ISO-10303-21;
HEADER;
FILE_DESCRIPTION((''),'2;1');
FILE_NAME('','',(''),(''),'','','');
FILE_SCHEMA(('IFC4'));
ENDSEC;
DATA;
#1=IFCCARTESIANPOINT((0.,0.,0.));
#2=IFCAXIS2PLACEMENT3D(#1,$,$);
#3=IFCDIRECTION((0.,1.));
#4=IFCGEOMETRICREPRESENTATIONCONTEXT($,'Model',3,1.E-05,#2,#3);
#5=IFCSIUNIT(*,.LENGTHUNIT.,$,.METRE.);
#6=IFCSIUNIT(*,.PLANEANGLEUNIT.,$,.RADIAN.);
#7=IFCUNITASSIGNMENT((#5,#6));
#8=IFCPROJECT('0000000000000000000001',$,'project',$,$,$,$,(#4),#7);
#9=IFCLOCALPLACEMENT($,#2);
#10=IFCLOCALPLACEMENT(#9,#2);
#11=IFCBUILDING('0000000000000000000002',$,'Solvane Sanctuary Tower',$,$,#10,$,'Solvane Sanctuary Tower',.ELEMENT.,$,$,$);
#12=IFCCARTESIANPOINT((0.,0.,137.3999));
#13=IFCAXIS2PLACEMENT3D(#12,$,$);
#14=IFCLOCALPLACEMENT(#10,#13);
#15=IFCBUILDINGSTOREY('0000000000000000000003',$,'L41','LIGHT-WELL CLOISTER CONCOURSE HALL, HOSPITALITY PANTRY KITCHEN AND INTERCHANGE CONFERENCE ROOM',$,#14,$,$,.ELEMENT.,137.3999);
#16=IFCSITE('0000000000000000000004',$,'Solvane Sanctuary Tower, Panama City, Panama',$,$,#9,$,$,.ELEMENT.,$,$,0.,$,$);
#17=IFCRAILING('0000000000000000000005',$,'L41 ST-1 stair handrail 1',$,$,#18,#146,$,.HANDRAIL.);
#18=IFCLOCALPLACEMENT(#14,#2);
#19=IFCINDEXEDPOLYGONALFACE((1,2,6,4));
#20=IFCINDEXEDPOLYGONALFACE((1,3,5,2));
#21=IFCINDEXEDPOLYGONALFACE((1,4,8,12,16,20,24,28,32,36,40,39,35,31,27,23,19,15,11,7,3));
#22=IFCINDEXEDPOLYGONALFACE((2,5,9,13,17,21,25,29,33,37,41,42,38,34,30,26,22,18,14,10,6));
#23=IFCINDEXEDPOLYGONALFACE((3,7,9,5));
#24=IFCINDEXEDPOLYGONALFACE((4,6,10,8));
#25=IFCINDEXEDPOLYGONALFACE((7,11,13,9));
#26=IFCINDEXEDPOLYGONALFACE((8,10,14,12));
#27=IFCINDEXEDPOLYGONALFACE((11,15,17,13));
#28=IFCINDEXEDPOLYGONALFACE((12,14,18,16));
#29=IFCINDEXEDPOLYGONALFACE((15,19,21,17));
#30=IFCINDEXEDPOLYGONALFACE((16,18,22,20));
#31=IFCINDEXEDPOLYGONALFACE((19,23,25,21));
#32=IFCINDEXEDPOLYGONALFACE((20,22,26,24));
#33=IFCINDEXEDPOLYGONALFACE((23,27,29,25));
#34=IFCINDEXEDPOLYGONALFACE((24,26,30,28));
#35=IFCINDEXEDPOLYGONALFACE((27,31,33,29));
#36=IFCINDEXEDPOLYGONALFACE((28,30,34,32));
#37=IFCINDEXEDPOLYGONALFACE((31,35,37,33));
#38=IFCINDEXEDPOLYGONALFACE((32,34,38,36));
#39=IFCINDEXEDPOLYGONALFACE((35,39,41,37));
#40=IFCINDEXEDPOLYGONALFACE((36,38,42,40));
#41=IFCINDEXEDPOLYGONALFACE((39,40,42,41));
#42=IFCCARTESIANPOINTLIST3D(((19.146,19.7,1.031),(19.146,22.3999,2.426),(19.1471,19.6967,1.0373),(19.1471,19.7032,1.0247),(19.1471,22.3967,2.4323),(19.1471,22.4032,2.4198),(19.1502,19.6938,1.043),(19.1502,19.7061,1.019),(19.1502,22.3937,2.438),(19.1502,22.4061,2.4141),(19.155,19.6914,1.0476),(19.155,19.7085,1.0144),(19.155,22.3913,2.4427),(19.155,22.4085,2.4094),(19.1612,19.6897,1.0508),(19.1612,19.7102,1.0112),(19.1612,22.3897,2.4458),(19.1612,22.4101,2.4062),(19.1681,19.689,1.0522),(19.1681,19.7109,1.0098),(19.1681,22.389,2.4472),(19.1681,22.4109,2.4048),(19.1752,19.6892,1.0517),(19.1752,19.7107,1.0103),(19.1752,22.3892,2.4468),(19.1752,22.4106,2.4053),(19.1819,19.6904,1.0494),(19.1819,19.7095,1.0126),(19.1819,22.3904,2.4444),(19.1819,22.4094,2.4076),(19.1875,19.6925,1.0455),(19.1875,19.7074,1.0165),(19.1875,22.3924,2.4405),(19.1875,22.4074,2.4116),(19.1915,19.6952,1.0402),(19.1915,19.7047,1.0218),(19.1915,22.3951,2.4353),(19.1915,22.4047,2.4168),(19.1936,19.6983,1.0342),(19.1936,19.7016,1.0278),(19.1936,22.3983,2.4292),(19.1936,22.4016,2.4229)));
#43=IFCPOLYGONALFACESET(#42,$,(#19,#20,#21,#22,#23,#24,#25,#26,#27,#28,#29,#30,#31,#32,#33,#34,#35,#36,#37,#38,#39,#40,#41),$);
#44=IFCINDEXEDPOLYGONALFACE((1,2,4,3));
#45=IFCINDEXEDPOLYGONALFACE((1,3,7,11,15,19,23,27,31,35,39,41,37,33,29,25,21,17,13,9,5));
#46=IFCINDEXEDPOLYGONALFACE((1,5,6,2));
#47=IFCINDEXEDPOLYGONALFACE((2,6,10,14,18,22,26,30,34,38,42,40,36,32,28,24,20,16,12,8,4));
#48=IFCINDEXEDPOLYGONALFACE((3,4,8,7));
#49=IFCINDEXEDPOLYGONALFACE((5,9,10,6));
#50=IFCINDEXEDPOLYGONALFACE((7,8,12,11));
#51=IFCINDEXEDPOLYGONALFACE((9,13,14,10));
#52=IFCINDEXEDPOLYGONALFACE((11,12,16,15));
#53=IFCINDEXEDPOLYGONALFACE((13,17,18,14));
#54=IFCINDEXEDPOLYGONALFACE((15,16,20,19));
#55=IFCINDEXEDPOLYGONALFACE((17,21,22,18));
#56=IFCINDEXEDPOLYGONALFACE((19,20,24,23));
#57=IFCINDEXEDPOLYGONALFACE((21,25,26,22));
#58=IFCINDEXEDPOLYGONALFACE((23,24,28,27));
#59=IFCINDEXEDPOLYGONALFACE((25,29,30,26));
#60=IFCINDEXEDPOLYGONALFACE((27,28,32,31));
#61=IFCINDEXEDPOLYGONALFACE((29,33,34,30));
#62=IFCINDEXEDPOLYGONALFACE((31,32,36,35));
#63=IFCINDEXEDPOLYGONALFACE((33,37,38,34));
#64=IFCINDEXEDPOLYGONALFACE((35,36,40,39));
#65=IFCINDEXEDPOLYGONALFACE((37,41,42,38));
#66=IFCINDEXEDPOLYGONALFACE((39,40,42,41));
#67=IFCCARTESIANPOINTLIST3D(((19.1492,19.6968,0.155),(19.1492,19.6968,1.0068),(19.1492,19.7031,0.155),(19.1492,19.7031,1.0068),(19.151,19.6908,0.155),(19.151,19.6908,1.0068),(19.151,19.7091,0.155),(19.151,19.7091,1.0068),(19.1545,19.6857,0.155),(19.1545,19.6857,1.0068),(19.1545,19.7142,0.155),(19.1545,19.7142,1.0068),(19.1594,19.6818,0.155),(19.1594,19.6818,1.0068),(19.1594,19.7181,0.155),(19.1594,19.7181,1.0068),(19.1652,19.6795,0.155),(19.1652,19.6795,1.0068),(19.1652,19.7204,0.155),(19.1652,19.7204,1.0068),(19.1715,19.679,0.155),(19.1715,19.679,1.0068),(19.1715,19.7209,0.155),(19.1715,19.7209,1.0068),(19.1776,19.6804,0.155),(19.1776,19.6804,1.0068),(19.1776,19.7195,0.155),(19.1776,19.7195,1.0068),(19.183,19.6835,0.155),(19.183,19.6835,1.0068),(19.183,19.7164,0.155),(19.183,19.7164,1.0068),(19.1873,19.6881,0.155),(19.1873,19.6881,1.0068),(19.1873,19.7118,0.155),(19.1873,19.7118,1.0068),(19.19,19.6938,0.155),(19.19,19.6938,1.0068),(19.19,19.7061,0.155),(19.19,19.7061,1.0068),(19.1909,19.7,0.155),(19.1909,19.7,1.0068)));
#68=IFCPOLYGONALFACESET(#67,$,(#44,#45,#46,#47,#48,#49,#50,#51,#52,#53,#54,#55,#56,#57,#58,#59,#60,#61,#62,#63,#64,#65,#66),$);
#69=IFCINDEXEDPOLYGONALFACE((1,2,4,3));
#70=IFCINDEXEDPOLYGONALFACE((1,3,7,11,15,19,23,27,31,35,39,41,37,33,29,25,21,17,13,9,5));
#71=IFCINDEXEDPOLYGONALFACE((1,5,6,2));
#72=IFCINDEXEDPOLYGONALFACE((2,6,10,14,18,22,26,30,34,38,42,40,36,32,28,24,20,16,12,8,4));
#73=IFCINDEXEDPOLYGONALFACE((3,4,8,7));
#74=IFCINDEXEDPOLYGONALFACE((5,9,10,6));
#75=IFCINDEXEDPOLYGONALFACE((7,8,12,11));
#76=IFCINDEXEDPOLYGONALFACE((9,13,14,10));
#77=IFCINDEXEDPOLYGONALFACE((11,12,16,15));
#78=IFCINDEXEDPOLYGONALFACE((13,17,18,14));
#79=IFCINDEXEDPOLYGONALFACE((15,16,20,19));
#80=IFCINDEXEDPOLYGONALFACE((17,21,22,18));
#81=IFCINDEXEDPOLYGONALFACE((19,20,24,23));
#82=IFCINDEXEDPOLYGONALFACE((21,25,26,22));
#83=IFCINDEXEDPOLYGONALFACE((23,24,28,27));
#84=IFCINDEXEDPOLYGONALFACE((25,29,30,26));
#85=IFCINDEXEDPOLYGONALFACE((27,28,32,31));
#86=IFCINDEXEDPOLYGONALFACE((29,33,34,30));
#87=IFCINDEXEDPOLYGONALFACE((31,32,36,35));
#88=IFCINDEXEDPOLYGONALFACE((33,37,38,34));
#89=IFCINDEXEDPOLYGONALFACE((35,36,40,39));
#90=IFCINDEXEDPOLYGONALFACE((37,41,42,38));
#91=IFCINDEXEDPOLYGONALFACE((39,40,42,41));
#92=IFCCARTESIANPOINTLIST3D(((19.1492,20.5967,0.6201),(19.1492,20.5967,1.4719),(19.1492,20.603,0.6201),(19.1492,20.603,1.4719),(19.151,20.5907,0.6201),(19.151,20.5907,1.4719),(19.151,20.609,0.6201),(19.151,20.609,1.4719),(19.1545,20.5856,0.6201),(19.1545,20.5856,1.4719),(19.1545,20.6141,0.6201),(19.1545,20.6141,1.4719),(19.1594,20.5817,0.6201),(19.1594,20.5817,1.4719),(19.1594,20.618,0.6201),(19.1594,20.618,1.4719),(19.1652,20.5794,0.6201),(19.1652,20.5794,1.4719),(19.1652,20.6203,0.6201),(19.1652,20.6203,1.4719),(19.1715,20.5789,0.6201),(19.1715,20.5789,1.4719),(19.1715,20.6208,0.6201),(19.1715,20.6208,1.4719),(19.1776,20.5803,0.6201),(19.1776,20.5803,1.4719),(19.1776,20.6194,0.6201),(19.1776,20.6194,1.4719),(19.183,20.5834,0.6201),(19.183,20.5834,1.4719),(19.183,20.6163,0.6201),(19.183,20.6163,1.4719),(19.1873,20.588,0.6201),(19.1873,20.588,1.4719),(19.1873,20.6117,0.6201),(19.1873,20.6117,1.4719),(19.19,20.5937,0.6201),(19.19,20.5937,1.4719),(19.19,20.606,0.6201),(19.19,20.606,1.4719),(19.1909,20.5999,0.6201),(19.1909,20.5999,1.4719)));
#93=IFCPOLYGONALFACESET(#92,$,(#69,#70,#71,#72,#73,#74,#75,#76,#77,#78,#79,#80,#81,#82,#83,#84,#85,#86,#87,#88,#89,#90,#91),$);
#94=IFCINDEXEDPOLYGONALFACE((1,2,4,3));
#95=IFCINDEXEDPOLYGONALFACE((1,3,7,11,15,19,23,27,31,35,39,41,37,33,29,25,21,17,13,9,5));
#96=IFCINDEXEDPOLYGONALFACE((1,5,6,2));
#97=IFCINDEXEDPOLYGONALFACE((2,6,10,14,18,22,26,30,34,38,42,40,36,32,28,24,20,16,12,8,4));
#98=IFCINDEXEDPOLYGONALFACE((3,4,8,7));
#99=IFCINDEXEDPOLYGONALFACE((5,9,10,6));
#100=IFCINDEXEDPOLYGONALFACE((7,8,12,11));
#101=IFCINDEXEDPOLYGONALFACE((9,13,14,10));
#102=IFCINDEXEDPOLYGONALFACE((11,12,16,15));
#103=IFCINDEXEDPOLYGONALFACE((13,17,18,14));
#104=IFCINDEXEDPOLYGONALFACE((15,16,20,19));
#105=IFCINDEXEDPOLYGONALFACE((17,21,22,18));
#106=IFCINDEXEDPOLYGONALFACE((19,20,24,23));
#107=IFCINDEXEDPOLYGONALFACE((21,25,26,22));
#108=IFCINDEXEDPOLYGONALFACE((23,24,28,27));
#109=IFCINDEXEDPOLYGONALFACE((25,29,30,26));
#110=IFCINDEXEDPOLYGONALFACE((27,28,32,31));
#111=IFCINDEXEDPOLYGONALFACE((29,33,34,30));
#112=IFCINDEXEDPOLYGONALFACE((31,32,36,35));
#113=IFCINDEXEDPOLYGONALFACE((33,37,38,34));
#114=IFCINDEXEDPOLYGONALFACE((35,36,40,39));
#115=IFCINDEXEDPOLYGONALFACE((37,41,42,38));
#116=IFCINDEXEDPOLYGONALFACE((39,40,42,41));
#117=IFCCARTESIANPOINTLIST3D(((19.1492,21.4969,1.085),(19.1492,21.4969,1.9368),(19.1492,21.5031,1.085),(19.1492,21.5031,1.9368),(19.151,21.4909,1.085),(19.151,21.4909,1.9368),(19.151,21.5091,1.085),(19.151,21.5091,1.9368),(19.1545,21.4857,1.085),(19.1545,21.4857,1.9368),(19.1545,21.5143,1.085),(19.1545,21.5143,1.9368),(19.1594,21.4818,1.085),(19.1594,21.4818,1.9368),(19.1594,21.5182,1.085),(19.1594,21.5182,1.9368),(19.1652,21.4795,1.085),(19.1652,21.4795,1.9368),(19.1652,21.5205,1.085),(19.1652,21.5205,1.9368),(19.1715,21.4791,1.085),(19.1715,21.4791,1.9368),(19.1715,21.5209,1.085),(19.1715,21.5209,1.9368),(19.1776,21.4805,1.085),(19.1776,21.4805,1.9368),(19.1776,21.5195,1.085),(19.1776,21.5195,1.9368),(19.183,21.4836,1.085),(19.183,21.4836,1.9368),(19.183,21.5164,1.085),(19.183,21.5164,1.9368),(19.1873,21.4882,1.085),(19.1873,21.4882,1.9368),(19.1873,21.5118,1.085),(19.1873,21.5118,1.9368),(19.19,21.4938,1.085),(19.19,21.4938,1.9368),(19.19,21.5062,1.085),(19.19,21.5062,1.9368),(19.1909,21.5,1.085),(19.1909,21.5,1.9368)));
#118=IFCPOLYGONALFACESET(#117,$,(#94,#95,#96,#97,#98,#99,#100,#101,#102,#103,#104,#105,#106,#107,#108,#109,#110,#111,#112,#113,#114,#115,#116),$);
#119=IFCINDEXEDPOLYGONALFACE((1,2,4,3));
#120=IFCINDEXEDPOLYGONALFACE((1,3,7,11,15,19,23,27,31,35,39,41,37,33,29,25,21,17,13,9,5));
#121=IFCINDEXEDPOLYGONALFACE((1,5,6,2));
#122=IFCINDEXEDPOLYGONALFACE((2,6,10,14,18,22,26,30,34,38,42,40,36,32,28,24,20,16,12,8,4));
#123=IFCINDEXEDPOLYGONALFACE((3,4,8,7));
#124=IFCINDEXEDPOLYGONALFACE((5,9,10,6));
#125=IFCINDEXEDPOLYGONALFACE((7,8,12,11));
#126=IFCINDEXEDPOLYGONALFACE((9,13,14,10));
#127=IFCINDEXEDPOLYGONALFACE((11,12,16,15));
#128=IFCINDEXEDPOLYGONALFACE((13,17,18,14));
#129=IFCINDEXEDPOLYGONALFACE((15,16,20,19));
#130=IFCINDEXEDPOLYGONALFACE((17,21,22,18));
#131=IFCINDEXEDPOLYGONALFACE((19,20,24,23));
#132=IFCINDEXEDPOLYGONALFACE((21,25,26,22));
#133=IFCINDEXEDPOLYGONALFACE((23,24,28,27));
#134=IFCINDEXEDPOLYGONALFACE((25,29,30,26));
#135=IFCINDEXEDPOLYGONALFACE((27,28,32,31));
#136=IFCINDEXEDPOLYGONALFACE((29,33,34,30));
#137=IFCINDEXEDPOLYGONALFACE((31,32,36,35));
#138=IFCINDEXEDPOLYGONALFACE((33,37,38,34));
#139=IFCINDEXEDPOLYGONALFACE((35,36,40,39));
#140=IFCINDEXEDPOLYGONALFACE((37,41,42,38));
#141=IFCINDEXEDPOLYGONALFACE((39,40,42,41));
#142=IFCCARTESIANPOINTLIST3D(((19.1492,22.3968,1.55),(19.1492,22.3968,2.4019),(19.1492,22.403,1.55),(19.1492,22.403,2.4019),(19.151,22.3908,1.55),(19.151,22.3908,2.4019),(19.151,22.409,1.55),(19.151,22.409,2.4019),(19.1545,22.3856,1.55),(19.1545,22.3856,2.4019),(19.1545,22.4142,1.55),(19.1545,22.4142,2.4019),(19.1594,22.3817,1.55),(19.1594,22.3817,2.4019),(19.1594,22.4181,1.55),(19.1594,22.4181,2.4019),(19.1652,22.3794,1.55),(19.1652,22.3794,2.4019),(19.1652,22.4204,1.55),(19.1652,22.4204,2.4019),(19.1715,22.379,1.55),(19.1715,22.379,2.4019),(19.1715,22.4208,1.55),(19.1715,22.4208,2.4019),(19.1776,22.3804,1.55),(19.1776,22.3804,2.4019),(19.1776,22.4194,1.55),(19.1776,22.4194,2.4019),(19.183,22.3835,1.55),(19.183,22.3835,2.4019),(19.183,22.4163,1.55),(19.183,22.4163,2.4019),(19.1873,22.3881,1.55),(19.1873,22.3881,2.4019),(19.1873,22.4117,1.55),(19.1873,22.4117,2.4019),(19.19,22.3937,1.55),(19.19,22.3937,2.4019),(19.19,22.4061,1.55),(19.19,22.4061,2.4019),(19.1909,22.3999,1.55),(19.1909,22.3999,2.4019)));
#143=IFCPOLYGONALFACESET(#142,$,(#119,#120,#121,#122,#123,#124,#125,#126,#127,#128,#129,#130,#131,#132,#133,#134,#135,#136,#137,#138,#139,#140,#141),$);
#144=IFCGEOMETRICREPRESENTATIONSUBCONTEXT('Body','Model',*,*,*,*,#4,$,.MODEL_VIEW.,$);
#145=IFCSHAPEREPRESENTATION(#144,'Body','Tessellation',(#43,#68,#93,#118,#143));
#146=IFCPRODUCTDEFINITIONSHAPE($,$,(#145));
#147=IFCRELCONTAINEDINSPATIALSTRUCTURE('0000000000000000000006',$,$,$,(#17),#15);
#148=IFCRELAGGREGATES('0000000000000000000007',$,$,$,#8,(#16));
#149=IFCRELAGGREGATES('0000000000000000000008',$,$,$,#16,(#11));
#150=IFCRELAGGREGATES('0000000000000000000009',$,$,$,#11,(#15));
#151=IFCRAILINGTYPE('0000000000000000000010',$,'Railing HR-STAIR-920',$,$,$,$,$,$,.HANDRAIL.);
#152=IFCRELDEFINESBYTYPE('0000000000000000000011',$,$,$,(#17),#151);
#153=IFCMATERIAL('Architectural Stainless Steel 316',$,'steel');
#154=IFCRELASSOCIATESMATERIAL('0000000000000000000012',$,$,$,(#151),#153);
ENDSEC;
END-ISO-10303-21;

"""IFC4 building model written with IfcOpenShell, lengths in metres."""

from ifc_helpers import new_model, si_unit, direction, frame, origin, origin_2d, place, context, subcontext, project, spatial, circle, extrude, material, type_object, element, save


model = new_model("IFC4")

# Units and contexts
model_context = context("Model", 3, precision=1e-05, world=origin(), true_north=direction((0.0, 1.0)))
body_context = subcontext(model_context, "Body", "Model", "MODEL_VIEW")
ifc_project = project(units=[si_unit("LENGTHUNIT", "METRE"), si_unit("PLANEANGLEUNIT", "RADIAN")], contexts=[model_context])

# Site, building, storey
site_placement = place(None, origin())
site = spatial("IfcSite", under=ifc_project, at=site_placement, Name="Solvane Sanctuary Tower, Panama City, Panama", CompositionType="ELEMENT", RefElevation=0.0)
building_placement = place(site_placement, origin())
building = spatial("IfcBuilding", under=site, at=building_placement, Name="Solvane Sanctuary Tower", LongName="Solvane Sanctuary Tower", CompositionType="ELEMENT")
storey_placement = place(building_placement, frame((0.0, 0.0, 137.3999)))
storey = spatial("IfcBuildingStorey", under=building, at=storey_placement, Name="L41", Description="LIGHT-WELL CLOISTER CONCOURSE HALL, HOSPITALITY PANTRY KITCHEN AND INTERCHANGE CONFERENCE ROOM", CompositionType="ELEMENT", Elevation=137.3999)

# Shared definitions
ifc_material_1 = material(Name="Architectural Stainless Steel 316", Category="steel")

# Railing
railing_type_1 = type_object("IfcRailingType", Name="Railing HR-STAIR-920", PredefinedType="HANDRAIL", material=ifc_material_1)
railing_1_placement = place(storey_placement, frame((19.1699, 19.7, 0.155)))
element("IfcRailing", 1, at=railing_1_placement, inside=storey, type_object=railing_type_1, Name="L41 ST-1 stair handrail 1", PredefinedType="HANDRAIL", context=body_context, shape_type="SweptSolid", body=[
    extrude(circle(Radius=0.0239, at=origin_2d()), frame((0.0, 0.0, 0.876), z_axis=(0.0, 0.88842, 0.459032), x_axis=(-1.0, 0.0, 0.0)), (0.0, 0.0, 1.0), 3.0391),
    extrude(circle(Radius=0.021, at=origin_2d()), origin(), (0.0, 0.0, 1.0), 0.8518),
    extrude(circle(Radius=0.021, at=origin_2d()), frame((0.0, 0.8999, 0.4651)), (0.0, 0.0, 1.0), 0.8518),
    extrude(circle(Radius=0.021, at=origin_2d()), frame((0.0, 1.8, 0.9299)), (0.0, 0.0, 1.0), 0.8518),
    extrude(circle(Radius=0.021, at=origin_2d()), frame((0.0, 2.7, 1.395)), (0.0, 0.0, 1.0), 0.8518),
])

save(model, "model.ifc")
